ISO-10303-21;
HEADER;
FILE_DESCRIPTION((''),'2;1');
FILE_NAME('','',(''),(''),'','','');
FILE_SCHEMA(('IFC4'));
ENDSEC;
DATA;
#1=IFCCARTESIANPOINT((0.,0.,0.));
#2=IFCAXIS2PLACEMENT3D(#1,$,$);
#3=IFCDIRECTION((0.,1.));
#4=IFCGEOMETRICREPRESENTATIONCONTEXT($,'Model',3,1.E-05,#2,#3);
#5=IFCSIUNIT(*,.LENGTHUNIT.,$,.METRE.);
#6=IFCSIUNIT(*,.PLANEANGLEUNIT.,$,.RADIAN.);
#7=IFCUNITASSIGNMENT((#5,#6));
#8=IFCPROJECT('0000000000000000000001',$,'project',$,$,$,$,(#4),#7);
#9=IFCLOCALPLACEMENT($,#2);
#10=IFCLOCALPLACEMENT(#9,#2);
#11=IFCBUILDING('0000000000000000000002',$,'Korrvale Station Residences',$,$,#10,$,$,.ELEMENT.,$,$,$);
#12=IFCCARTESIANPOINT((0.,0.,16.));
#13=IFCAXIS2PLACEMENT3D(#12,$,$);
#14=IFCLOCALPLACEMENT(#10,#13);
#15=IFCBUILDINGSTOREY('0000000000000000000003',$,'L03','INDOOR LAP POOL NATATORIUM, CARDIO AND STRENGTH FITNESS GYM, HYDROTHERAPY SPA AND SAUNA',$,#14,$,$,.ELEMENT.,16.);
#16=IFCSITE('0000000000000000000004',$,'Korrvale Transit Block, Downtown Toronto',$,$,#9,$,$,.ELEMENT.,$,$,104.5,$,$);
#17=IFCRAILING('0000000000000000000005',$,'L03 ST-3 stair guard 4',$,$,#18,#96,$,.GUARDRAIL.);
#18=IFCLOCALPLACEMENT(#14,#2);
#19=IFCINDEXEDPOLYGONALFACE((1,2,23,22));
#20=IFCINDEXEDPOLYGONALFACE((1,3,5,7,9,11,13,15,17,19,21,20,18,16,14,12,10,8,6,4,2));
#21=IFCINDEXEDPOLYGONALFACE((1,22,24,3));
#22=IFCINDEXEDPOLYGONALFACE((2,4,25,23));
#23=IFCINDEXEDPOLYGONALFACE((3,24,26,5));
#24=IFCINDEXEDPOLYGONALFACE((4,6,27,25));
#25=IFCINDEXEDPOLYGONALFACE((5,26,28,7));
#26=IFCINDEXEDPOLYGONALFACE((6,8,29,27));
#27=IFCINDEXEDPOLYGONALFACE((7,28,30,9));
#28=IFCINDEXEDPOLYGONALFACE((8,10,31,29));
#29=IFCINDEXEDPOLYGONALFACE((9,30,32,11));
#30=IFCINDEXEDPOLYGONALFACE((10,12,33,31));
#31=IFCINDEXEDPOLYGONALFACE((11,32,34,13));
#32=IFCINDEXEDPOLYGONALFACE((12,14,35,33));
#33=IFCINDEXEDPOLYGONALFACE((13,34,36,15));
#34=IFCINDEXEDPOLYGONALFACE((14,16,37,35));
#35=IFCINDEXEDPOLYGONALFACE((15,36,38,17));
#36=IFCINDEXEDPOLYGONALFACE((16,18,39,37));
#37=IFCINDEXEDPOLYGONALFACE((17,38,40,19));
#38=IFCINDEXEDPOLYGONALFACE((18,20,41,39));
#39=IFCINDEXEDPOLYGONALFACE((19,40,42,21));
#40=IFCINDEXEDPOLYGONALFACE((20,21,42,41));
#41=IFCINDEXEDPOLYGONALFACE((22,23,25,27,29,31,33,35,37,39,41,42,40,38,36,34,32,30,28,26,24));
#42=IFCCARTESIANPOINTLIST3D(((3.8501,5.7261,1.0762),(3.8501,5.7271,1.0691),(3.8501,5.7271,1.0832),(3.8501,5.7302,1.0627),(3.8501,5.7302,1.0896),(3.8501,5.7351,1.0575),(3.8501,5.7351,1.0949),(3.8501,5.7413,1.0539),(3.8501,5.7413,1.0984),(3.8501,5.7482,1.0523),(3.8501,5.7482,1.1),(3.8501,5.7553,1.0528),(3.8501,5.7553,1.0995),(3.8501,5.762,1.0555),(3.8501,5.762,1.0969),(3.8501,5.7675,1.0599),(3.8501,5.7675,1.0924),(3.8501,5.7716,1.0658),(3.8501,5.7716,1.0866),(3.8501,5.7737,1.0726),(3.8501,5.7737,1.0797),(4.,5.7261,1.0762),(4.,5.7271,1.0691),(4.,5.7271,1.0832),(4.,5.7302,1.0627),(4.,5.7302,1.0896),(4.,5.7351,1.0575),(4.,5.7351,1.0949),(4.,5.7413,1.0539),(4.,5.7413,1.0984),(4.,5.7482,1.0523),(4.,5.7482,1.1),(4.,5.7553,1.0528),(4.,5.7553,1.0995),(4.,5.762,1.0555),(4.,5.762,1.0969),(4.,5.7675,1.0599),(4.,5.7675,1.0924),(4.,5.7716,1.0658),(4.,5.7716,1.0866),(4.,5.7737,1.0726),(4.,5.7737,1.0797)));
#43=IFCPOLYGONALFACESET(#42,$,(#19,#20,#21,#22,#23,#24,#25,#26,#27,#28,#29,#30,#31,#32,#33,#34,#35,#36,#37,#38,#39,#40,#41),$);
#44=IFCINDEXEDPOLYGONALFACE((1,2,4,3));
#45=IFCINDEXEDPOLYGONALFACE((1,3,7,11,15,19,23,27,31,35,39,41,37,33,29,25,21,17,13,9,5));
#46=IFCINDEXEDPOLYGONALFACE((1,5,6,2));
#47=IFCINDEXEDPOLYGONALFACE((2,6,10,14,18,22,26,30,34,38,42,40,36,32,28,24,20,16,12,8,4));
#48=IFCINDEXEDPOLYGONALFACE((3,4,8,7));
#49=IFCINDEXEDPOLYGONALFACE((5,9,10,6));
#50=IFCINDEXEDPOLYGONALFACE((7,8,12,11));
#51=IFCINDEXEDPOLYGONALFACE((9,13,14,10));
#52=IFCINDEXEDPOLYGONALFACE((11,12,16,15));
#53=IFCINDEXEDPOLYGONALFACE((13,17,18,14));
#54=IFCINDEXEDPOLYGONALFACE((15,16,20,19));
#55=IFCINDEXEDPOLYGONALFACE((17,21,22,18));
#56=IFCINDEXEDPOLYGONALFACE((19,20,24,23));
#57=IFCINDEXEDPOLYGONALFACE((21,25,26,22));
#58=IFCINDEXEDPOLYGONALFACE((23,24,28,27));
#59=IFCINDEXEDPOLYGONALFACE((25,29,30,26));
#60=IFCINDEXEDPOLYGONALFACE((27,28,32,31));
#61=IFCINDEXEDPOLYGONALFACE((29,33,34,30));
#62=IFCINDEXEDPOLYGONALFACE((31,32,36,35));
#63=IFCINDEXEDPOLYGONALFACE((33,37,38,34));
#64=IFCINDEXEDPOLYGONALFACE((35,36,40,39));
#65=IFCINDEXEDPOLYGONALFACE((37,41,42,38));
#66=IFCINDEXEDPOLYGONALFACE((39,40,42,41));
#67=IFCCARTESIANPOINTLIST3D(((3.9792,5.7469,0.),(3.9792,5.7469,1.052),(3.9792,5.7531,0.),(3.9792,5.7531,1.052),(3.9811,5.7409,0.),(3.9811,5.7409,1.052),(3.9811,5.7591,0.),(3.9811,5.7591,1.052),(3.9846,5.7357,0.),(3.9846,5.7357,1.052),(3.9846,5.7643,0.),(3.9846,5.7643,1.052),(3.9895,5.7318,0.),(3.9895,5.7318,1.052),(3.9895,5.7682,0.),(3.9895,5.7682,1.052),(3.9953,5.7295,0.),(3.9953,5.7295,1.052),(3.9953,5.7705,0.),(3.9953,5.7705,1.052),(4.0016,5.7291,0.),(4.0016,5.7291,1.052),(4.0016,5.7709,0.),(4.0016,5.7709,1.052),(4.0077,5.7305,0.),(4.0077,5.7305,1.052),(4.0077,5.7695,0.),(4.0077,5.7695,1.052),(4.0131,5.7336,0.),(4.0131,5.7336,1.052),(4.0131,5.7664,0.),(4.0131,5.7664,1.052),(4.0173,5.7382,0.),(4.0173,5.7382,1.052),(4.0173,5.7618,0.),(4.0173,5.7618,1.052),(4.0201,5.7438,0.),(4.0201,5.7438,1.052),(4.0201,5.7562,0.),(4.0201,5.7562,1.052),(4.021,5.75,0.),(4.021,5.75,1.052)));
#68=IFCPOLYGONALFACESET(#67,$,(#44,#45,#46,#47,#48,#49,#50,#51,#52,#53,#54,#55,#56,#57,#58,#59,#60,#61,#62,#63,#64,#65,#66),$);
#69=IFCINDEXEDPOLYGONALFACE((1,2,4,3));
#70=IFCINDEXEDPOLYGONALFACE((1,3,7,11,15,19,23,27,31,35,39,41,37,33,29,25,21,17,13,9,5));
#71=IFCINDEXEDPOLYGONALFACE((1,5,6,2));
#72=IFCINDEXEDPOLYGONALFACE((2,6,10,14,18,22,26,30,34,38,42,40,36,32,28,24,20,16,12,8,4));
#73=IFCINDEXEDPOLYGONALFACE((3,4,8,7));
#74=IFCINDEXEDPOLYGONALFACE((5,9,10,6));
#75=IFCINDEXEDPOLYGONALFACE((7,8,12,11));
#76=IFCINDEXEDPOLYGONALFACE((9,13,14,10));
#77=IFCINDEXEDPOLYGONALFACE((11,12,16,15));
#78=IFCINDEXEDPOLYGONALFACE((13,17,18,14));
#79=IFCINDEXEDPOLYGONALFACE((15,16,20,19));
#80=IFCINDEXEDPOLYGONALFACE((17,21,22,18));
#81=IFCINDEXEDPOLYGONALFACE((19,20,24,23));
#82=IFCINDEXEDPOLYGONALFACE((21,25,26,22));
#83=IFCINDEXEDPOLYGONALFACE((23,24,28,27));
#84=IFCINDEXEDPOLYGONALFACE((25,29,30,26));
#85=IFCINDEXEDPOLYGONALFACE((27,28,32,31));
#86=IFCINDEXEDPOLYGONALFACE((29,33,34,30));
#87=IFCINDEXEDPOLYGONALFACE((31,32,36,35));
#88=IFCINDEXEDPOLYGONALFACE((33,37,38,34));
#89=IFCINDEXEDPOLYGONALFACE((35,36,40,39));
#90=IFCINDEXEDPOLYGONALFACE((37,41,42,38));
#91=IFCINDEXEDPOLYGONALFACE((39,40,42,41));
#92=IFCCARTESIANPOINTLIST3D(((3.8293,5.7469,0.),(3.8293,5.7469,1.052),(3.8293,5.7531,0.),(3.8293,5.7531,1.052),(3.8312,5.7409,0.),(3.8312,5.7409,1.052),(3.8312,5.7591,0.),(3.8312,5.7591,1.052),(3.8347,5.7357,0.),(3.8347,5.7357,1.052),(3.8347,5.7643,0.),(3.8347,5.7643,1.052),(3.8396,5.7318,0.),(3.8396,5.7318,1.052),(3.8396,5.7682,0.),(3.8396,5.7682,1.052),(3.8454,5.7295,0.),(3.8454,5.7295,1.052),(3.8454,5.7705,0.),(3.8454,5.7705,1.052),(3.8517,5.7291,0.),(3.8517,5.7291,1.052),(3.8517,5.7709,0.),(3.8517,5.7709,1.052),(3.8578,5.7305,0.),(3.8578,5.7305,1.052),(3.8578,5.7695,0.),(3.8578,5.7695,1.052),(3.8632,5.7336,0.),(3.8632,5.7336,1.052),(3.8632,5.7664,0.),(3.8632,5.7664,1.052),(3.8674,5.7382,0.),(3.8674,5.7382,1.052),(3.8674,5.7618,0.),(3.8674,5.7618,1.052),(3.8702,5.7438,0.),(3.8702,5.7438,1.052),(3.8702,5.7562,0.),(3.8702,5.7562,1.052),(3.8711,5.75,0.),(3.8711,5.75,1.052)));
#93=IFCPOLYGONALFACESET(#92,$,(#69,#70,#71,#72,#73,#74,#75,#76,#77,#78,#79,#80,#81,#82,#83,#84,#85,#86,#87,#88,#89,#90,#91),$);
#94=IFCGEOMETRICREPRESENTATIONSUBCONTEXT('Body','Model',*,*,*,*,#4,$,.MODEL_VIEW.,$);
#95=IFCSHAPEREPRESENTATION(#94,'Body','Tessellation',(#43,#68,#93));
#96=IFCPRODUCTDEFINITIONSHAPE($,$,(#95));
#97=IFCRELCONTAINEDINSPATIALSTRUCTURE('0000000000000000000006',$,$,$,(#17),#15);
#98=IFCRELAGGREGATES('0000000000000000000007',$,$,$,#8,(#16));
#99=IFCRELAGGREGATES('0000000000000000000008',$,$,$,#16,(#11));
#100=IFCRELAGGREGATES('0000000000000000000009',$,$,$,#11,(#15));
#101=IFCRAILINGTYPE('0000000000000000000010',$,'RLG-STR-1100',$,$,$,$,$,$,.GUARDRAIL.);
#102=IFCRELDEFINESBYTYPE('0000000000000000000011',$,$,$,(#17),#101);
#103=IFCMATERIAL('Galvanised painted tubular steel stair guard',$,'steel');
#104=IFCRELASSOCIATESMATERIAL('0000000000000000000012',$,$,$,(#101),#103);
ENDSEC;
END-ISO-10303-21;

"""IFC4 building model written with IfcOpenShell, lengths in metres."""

from ifc_helpers import new_model, si_unit, direction, frame, origin, origin_2d, place, context, subcontext, project, spatial, circle, extrude, material, type_object, element, save


model = new_model("IFC4")

# Units and contexts
model_context = context("Model", 3, precision=1e-05, world=origin(), true_north=direction((0.0, 1.0)))
body_context = subcontext(model_context, "Body", "Model", "MODEL_VIEW")
ifc_project = project(units=[si_unit("LENGTHUNIT", "METRE"), si_unit("PLANEANGLEUNIT", "RADIAN")], contexts=[model_context])

# Site, building, storey
site_placement = place(None, origin())
site = spatial("IfcSite", under=ifc_project, at=site_placement, Name="Korrvale Transit Block, Downtown Toronto", CompositionType="ELEMENT", RefElevation=104.5)
building_placement = place(site_placement, origin())
building = spatial("IfcBuilding", under=site, at=building_placement, Name="Korrvale Station Residences", CompositionType="ELEMENT")
storey_placement = place(building_placement, frame((0.0, 0.0, 16.0)))
storey = spatial("IfcBuildingStorey", under=building, at=storey_placement, Name="L03", Description="INDOOR LAP POOL NATATORIUM, CARDIO AND STRENGTH FITNESS GYM, HYDROTHERAPY SPA AND SAUNA", CompositionType="ELEMENT", Elevation=16.0)

# Railing
ifc_material_1 = material(Name="Galvanised painted tubular steel stair guard", Category="steel")
railing_type_1 = type_object("IfcRailingType", Name="RLG-STR-1100", PredefinedType="GUARDRAIL", material=ifc_material_1)
railing_1_placement = place(storey_placement, frame((4.0, 5.75, 0.0)))
element("IfcRailing", 1, at=railing_1_placement, inside=storey, type_object=railing_type_1, Name="L03 ST-3 stair guard 4", PredefinedType="GUARDRAIL", context=body_context, shape_type="SweptSolid", body=[
    extrude(circle(Radius=0.0239, at=origin_2d()), frame((0.0, 0.0, 1.0762), z_axis=(-1.0, 0.0, 0.0), x_axis=(0.0, -1.0, 0.0)), (0.0, 0.0, 1.0), 0.1499),
    extrude(circle(Radius=0.021, at=origin_2d()), origin(), (0.0, 0.0, 1.0), 1.052),
    extrude(circle(Radius=0.021, at=origin_2d()), frame((-0.1499, 0.0, 0.0)), (0.0, 0.0, 1.0), 1.052),
])

save(model, "model.ifc")
